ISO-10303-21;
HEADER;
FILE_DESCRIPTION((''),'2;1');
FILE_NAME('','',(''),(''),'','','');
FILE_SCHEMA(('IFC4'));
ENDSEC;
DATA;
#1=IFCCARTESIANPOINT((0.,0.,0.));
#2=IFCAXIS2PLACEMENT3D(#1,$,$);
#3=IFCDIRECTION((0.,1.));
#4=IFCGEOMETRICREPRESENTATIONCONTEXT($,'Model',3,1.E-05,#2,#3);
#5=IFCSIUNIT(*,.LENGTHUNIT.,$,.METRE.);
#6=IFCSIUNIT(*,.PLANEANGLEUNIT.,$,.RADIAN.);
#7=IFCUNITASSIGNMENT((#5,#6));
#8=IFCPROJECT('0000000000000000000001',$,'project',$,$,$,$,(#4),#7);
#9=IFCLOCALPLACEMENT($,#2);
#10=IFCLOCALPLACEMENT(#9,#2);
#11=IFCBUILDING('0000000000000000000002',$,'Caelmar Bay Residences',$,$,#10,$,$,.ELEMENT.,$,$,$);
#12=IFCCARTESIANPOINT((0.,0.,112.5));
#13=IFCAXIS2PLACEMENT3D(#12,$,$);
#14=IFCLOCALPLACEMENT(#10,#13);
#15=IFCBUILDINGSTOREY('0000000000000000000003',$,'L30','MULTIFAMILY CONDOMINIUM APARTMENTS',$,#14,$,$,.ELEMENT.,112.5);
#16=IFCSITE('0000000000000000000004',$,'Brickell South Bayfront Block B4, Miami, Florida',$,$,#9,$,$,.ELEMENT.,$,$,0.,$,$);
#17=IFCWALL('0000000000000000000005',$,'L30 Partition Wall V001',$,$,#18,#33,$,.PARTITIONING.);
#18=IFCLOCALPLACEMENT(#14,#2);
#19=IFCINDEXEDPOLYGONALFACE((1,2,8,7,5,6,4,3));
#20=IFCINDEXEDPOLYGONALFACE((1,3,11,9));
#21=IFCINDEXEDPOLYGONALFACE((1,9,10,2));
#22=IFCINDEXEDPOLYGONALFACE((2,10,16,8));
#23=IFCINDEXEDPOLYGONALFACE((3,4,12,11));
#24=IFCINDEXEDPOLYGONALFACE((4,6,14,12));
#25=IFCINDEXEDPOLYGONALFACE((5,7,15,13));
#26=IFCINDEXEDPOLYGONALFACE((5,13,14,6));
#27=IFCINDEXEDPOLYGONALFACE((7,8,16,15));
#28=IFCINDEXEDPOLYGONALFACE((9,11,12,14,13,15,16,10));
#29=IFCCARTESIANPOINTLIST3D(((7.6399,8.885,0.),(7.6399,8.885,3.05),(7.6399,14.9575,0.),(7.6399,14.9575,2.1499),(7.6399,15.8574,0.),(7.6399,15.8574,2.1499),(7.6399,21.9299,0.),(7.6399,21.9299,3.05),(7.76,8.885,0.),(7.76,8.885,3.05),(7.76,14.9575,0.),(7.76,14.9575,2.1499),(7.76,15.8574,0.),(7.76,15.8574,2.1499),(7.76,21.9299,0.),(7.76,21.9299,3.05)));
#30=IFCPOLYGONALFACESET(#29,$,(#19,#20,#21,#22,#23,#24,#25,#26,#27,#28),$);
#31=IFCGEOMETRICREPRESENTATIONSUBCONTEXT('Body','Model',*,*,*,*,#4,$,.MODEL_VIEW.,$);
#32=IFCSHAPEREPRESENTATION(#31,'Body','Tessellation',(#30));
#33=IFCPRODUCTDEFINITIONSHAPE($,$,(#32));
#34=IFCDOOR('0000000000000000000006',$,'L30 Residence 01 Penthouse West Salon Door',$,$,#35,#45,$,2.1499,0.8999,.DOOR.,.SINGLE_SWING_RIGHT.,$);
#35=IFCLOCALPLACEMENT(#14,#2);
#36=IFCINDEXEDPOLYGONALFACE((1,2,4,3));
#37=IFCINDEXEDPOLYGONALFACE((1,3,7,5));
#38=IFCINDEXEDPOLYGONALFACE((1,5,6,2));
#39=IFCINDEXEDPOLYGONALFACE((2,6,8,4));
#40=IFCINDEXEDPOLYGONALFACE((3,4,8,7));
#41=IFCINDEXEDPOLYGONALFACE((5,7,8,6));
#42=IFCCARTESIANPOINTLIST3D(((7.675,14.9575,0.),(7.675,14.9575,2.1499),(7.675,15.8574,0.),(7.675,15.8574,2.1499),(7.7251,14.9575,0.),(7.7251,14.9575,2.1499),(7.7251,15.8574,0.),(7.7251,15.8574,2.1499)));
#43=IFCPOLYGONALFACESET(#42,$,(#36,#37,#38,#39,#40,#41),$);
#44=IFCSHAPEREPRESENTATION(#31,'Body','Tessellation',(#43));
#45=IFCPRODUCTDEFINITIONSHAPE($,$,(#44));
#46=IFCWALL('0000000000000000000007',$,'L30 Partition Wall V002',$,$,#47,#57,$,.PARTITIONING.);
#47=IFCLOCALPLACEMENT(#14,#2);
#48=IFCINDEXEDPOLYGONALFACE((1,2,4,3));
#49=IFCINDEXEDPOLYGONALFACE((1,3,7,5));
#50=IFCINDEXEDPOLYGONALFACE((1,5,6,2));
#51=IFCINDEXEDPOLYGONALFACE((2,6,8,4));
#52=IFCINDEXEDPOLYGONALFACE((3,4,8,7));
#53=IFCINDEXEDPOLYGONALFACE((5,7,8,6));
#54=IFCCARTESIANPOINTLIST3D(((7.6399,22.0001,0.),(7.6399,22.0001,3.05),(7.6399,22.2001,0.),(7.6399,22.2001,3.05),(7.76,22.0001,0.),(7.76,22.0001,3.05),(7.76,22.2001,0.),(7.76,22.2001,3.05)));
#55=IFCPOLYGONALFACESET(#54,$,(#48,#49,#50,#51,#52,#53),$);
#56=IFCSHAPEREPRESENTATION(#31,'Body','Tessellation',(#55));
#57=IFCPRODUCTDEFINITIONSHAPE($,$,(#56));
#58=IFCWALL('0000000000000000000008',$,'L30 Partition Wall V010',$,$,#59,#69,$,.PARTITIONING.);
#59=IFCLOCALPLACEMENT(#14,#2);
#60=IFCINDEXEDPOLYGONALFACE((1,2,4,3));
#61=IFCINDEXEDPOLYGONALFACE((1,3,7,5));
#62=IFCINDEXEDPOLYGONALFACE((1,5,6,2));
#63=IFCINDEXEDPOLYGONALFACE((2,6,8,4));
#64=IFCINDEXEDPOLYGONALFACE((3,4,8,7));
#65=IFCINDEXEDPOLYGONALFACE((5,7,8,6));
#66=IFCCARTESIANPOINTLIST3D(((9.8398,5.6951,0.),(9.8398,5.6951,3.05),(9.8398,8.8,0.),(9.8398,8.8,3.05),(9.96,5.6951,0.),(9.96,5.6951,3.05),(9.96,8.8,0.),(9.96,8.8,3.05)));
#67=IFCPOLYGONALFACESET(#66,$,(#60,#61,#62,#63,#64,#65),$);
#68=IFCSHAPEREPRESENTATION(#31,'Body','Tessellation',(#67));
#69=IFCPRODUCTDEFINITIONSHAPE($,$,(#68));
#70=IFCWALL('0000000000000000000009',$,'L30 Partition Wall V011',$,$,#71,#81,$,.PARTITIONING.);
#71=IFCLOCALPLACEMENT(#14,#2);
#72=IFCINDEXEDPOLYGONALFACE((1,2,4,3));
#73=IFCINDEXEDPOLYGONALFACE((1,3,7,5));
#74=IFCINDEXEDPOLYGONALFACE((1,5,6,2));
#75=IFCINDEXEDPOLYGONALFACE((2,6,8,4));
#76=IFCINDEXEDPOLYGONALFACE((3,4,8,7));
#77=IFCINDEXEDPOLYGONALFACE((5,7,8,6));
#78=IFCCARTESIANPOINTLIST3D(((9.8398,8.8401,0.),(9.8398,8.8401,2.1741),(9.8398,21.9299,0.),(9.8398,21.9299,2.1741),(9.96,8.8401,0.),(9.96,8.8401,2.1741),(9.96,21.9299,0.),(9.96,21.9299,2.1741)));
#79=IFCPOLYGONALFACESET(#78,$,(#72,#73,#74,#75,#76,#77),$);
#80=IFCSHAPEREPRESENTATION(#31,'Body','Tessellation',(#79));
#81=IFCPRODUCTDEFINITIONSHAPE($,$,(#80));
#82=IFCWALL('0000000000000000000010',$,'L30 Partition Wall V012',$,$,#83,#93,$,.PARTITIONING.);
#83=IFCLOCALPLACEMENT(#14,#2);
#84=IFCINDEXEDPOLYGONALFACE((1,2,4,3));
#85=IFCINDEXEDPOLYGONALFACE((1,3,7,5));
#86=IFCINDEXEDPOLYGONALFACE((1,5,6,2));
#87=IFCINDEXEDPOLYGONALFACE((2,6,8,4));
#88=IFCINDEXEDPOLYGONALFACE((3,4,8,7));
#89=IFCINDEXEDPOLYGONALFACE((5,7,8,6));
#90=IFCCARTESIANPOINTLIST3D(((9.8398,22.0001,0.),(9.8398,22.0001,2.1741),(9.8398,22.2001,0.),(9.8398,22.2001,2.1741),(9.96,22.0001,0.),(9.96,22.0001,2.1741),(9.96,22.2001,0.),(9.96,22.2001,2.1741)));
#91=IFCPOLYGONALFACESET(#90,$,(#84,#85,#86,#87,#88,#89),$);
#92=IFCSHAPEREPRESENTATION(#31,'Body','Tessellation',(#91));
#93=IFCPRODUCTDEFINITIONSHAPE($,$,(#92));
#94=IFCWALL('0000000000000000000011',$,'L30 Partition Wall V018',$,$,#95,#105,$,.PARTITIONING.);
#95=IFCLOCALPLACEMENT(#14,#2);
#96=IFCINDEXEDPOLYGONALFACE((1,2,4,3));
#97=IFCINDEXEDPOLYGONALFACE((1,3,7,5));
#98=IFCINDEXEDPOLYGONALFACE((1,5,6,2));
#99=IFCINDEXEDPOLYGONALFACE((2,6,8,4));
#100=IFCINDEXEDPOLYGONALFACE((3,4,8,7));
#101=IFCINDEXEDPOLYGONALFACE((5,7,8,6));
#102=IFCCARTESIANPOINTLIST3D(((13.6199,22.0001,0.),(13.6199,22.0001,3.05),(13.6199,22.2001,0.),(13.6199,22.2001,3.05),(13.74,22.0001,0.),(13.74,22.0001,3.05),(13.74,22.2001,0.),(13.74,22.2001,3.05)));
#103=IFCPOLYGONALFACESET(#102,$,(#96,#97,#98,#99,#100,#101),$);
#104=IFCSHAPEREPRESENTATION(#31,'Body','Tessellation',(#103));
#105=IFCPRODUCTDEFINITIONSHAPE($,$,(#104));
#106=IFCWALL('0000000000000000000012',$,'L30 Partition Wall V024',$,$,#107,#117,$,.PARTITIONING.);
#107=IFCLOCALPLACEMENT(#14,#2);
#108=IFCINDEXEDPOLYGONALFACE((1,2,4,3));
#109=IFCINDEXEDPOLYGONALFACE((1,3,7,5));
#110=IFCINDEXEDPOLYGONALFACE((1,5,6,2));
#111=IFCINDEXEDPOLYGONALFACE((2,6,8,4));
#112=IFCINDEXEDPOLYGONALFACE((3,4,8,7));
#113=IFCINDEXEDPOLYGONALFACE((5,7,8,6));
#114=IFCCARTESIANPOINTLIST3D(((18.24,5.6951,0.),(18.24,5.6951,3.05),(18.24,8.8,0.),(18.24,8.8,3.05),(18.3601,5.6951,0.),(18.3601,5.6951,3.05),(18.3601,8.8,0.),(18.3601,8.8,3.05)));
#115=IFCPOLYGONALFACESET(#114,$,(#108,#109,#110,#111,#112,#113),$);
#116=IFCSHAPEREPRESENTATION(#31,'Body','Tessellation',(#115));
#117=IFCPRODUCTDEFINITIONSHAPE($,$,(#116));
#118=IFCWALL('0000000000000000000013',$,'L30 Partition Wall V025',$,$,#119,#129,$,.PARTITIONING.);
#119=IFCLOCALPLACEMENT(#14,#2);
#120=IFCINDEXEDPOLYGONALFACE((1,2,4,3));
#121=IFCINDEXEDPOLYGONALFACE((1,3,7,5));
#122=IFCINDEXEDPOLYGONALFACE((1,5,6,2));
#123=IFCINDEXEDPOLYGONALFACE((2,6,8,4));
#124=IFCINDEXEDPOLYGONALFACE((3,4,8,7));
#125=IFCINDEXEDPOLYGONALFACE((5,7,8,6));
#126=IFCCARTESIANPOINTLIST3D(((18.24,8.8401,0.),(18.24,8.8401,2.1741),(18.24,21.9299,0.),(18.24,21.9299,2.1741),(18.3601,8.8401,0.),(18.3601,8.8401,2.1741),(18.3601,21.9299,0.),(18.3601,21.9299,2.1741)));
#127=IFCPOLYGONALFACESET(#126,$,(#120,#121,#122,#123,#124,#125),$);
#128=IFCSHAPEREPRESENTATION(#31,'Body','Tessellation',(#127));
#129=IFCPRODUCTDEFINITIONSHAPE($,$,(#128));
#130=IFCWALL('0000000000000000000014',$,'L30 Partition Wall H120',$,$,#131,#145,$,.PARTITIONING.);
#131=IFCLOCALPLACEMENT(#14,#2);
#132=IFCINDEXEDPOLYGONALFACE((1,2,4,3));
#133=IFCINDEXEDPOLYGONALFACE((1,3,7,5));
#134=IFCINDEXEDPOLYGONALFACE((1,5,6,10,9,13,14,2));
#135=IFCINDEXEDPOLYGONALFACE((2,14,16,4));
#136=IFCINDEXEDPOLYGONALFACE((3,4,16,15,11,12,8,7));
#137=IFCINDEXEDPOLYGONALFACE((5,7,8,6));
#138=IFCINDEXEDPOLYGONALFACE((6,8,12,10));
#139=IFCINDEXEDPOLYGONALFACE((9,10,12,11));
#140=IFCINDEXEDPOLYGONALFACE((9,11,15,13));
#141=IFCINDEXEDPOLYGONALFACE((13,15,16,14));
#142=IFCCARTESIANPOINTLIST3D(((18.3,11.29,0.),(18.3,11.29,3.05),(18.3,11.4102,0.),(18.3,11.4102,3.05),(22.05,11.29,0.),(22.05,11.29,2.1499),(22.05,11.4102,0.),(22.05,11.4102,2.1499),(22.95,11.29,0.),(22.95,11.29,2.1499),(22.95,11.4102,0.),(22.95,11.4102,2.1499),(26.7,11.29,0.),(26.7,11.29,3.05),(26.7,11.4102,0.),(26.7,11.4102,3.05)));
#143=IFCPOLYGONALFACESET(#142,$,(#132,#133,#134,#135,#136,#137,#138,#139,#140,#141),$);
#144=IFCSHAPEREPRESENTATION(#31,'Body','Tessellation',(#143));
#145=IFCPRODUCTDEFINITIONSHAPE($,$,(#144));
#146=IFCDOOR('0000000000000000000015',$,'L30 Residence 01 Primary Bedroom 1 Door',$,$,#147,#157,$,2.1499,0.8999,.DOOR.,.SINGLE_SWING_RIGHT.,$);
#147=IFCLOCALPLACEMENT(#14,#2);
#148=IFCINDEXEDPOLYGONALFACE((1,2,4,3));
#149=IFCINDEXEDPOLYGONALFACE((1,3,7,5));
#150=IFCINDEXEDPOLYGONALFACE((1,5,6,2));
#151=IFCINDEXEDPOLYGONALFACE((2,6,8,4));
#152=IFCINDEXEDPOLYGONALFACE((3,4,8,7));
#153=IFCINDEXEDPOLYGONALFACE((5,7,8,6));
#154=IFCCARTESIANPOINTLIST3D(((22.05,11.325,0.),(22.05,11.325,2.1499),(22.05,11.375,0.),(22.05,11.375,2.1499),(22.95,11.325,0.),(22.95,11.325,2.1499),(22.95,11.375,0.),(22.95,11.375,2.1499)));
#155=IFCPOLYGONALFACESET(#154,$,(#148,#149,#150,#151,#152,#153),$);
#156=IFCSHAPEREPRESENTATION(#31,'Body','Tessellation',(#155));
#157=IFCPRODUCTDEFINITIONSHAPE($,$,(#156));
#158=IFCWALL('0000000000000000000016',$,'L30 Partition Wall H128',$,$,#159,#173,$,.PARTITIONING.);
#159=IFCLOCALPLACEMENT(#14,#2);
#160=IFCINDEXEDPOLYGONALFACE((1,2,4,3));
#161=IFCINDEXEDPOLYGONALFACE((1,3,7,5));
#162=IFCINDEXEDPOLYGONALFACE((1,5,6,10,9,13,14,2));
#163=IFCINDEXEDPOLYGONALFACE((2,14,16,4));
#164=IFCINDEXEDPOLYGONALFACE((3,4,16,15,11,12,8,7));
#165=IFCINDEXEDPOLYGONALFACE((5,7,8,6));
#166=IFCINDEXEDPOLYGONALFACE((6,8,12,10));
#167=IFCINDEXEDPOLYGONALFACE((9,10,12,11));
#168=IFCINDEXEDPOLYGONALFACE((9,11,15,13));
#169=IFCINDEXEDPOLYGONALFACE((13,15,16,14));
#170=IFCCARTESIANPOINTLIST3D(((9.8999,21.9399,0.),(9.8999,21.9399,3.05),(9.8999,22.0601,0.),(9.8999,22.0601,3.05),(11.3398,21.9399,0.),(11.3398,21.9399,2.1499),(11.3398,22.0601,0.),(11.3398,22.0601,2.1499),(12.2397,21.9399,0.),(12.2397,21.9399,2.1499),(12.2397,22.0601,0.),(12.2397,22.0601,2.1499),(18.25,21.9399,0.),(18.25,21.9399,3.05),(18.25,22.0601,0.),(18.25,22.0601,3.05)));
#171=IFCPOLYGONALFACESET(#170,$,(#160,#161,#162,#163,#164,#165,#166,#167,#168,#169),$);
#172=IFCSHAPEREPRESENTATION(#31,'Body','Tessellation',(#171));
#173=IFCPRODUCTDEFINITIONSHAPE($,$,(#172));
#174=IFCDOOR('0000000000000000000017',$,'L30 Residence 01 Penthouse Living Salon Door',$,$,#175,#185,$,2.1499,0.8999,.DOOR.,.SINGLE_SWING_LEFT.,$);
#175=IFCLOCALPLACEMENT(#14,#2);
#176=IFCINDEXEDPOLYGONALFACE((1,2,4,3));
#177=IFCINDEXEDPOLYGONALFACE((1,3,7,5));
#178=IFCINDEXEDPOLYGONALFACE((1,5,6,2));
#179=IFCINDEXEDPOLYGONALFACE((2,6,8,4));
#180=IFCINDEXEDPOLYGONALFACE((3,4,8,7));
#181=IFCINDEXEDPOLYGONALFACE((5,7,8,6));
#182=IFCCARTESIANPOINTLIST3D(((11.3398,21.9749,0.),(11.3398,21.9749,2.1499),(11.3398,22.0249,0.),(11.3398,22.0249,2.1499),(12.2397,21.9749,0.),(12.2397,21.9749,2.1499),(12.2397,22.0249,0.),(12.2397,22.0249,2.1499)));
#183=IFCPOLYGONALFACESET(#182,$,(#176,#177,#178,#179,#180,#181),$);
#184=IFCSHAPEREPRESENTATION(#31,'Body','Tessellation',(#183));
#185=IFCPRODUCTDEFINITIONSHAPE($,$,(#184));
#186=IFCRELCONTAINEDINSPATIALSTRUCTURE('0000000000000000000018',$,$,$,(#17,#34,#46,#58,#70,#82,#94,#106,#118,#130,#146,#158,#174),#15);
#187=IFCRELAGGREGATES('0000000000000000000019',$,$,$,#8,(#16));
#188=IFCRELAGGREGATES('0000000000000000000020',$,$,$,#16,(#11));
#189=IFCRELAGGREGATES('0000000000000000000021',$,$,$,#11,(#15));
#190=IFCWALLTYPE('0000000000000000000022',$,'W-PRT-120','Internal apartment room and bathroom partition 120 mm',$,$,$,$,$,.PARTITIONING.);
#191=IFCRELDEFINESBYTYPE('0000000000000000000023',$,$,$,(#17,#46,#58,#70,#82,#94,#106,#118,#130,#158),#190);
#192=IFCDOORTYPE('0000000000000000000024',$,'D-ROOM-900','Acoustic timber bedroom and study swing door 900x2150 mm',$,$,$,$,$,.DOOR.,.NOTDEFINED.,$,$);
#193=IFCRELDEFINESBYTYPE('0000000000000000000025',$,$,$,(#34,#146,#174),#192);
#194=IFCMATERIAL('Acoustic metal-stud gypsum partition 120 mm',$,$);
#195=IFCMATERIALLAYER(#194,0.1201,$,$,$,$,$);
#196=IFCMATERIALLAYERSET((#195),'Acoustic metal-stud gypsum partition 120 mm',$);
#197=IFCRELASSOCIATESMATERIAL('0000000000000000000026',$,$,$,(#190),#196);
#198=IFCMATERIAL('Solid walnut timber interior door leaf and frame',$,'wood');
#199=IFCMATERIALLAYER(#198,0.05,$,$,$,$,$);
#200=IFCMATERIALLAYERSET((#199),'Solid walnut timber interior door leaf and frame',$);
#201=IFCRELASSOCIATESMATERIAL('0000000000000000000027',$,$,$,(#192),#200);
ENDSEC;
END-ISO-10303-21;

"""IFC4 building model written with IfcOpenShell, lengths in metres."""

from ifc_helpers import new_model, si_unit, direction, frame, frame_2d, origin, place, context, subcontext, project, spatial, rectangle, extrude, material, layer, layer_set, type_object, element, fill, save


model = new_model("IFC4")

# Units and contexts
model_context = context("Model", 3, precision=1e-05, world=origin(), true_north=direction((0.0, 1.0)))
body_context = subcontext(model_context, "Body", "Model", "MODEL_VIEW")
ifc_project = project(units=[si_unit("LENGTHUNIT", "METRE"), si_unit("PLANEANGLEUNIT", "RADIAN")], contexts=[model_context])

# Site, building, storey
site_placement = place(None, origin())
site = spatial("IfcSite", under=ifc_project, at=site_placement, Name="Brickell South Bayfront Block B4, Miami, Florida", CompositionType="ELEMENT", RefElevation=0.0)
building_placement = place(site_placement, origin())
building = spatial("IfcBuilding", under=site, at=building_placement, Name="Caelmar Bay Residences", CompositionType="ELEMENT")
storey_placement = place(building_placement, frame((0.0, 0.0, 112.5)))
storey = spatial("IfcBuildingStorey", under=building, at=storey_placement, Name="L30", Description="MULTIFAMILY CONDOMINIUM APARTMENTS", CompositionType="ELEMENT", Elevation=112.5)

# Wall, opening, door
ifc_material_1 = material(Name="Acoustic metal-stud gypsum partition 120 mm")
ifc_layer_1 = layer(ifc_material_1, 0.1201)
ifc_layer_set_1 = layer_set([ifc_layer_1], Name="Acoustic metal-stud gypsum partition 120 mm")
wall_type_1 = type_object("IfcWallType", Name="W-PRT-120", Description="Internal apartment room and bathroom partition 120 mm", PredefinedType="PARTITIONING", material=ifc_layer_set_1)
wall_1_placement = place(storey_placement, frame((7.7, 8.885, 0.0), z_axis=(0.0, 0.0, 1.0), x_axis=(0.0, 1.0, 0.0)))
wall_1 = element("IfcWall", 1, at=wall_1_placement, inside=storey, type_object=wall_type_1, Name="L30 Partition Wall V001", PredefinedType="PARTITIONING", context=body_context, shape_type="SweptSolid", body=[
    extrude(rectangle(XDim=13.0449, YDim=0.1201, at=frame_2d((6.5225, 0.0))), origin(), (0.0, 0.0, 1.0), 3.05),
])
opening_1_placement = place(wall_1_placement, frame((6.0725, 0.0, 0.0)))
opening_1 = element("IfcOpeningElement", 2, at=opening_1_placement, cuts=wall_1, PredefinedType="OPENING", context=body_context, shape_type="SweptSolid", body=[
    extrude(rectangle(XDim=0.8999, YDim=2.1499, at=frame_2d((0.45, 1.075))), frame((0.0, 0.0701, 0.0), z_axis=(0.0, -1.0, 0.0), x_axis=(1.0, 0.0, 0.0)), (0.0, 0.0, 1.0), 0.1401),
])
ifc_material_2 = material(Name="Solid walnut timber interior door leaf and frame", Category="wood")
ifc_layer_2 = layer(ifc_material_2, 0.05)
ifc_layer_set_2 = layer_set([ifc_layer_2], Name="Solid walnut timber interior door leaf and frame")
door_type = type_object("IfcDoorType", Name="D-ROOM-900", Description="Acoustic timber bedroom and study swing door 900x2150 mm", OperationType="NOTDEFINED", PredefinedType="DOOR", material=ifc_layer_set_2)
door_1_placement = place(opening_1_placement, origin())
door_1 = element("IfcDoor", 3, at=door_1_placement, inside=storey, type_object=door_type, Name="L30 Residence 01 Penthouse West Salon Door", OperationType="SINGLE_SWING_RIGHT", OverallHeight=2.1499, OverallWidth=0.8999, PredefinedType="DOOR", context=body_context, shape_type="SweptSolid", body=[
    extrude(rectangle(XDim=0.8999, YDim=2.1499, at=frame_2d((0.45, 1.075))), frame((0.0, 0.0249, 0.0), z_axis=(0.0, -1.0, 0.0), x_axis=(1.0, 0.0, 0.0)), (0.0, 0.0, 1.0), 0.05),
])
fill(opening_1, door_1)

# Walls
wall_2_placement = place(storey_placement, frame((7.7, 22.0, 0.0), z_axis=(0.0, 0.0, 1.0), x_axis=(0.0, 1.0, 0.0)))
element("IfcWall", 4, at=wall_2_placement, inside=storey, type_object=wall_type_1, Name="L30 Partition Wall V002", PredefinedType="PARTITIONING", context=body_context, shape_type="SweptSolid", body=[
    extrude(rectangle(XDim=0.2, YDim=0.1201, at=frame_2d((0.1001, 0.0))), origin(), (0.0, 0.0, 1.0), 3.05),
])
wall_3_placement = place(storey_placement, frame((9.8999, 5.6951, 0.0), z_axis=(0.0, 0.0, 1.0), x_axis=(0.0, 1.0, 0.0)))
element("IfcWall", 5, at=wall_3_placement, inside=storey, type_object=wall_type_1, Name="L30 Partition Wall V010", PredefinedType="PARTITIONING", context=body_context, shape_type="SweptSolid", body=[
    extrude(rectangle(XDim=3.105, YDim=0.1201, at=frame_2d((1.5525, 0.0))), origin(), (0.0, 0.0, 1.0), 3.05),
])
wall_4_placement = place(storey_placement, frame((9.8999, 8.8401, 0.0), z_axis=(0.0, 0.0, 1.0), x_axis=(0.0, 1.0, 0.0)))
element("IfcWall", 6, at=wall_4_placement, inside=storey, type_object=wall_type_1, Name="L30 Partition Wall V011", PredefinedType="PARTITIONING", context=body_context, shape_type="SweptSolid", body=[
    extrude(rectangle(XDim=13.0898, YDim=0.1201, at=frame_2d((6.5449, 0.0))), origin(), (0.0, 0.0, 1.0), 2.1741),
])
wall_5_placement = place(storey_placement, frame((9.8999, 22.0, 0.0), z_axis=(0.0, 0.0, 1.0), x_axis=(0.0, 1.0, 0.0)))
element("IfcWall", 7, at=wall_5_placement, inside=storey, type_object=wall_type_1, Name="L30 Partition Wall V012", PredefinedType="PARTITIONING", context=body_context, shape_type="SweptSolid", body=[
    extrude(rectangle(XDim=0.2, YDim=0.1201, at=frame_2d((0.1001, 0.0))), origin(), (0.0, 0.0, 1.0), 2.1741),
])
wall_6_placement = place(storey_placement, frame((13.6799, 22.0, 0.0), z_axis=(0.0, 0.0, 1.0), x_axis=(0.0, 1.0, 0.0)))
element("IfcWall", 8, at=wall_6_placement, inside=storey, type_object=wall_type_1, Name="L30 Partition Wall V018", PredefinedType="PARTITIONING", context=body_context, shape_type="SweptSolid", body=[
    extrude(rectangle(XDim=0.2, YDim=0.1201, at=frame_2d((0.1001, 0.0))), origin(), (0.0, 0.0, 1.0), 3.05),
])
wall_7_placement = place(storey_placement, frame((18.3, 5.6951, 0.0), z_axis=(0.0, 0.0, 1.0), x_axis=(0.0, 1.0, 0.0)))
element("IfcWall", 9, at=wall_7_placement, inside=storey, type_object=wall_type_1, Name="L30 Partition Wall V024", PredefinedType="PARTITIONING", context=body_context, shape_type="SweptSolid", body=[
    extrude(rectangle(XDim=3.105, YDim=0.1201, at=frame_2d((1.5525, 0.0))), origin(), (0.0, 0.0, 1.0), 3.05),
])
wall_8_placement = place(storey_placement, frame((18.3, 8.8401, 0.0), z_axis=(0.0, 0.0, 1.0), x_axis=(0.0, 1.0, 0.0)))
element("IfcWall", 10, at=wall_8_placement, inside=storey, type_object=wall_type_1, Name="L30 Partition Wall V025", PredefinedType="PARTITIONING", context=body_context, shape_type="SweptSolid", body=[
    extrude(rectangle(XDim=13.0898, YDim=0.1201, at=frame_2d((6.5449, 0.0))), origin(), (0.0, 0.0, 1.0), 2.1741),
])

# Walls, openings, doors
wall_9_placement = place(storey_placement, frame((18.3, 11.3501, 0.0), z_axis=(0.0, 0.0, 1.0), x_axis=(1.0, 0.0, 0.0)))
wall_9 = element("IfcWall", 11, at=wall_9_placement, inside=storey, type_object=wall_type_1, Name="L30 Partition Wall H120", PredefinedType="PARTITIONING", context=body_context, shape_type="SweptSolid", body=[
    extrude(rectangle(XDim=8.3999, YDim=0.1201, at=frame_2d((4.2, 0.0))), origin(), (0.0, 0.0, 1.0), 3.05),
])
opening_2_placement = place(wall_9_placement, frame((3.75, 0.0, 0.0)))
opening_2 = element("IfcOpeningElement", 12, at=opening_2_placement, cuts=wall_9, PredefinedType="OPENING", context=body_context, shape_type="SweptSolid", body=[
    extrude(rectangle(XDim=0.8999, YDim=2.1499, at=frame_2d((0.45, 1.075))), frame((0.0, 0.0701, 0.0), z_axis=(0.0, -1.0, 0.0), x_axis=(1.0, 0.0, 0.0)), (0.0, 0.0, 1.0), 0.1401),
])
door_2_placement = place(opening_2_placement, origin())
door_2 = element("IfcDoor", 13, at=door_2_placement, inside=storey, type_object=door_type, Name="L30 Residence 01 Primary Bedroom 1 Door", OperationType="SINGLE_SWING_RIGHT", OverallHeight=2.1499, OverallWidth=0.8999, PredefinedType="DOOR", context=body_context, shape_type="SweptSolid", body=[
    extrude(rectangle(XDim=0.8999, YDim=2.1499, at=frame_2d((0.45, 1.075))), frame((0.0, 0.0249, 0.0), z_axis=(0.0, -1.0, 0.0), x_axis=(1.0, 0.0, 0.0)), (0.0, 0.0, 1.0), 0.05),
])
fill(opening_2, door_2)
wall_10_placement = place(storey_placement, frame((9.8999, 22.0, 0.0), z_axis=(0.0, 0.0, 1.0), x_axis=(1.0, 0.0, 0.0)))
wall_10 = element("IfcWall", 14, at=wall_10_placement, inside=storey, type_object=wall_type_1, Name="L30 Partition Wall H128", PredefinedType="PARTITIONING", context=body_context, shape_type="SweptSolid", body=[
    extrude(rectangle(XDim=8.3501, YDim=0.1201, at=frame_2d((4.175, 0.0))), origin(), (0.0, 0.0, 1.0), 3.05),
])
opening_3_placement = place(wall_10_placement, frame((1.4399, 0.0, 0.0)))
opening_3 = element("IfcOpeningElement", 15, at=opening_3_placement, cuts=wall_10, PredefinedType="OPENING", context=body_context, shape_type="SweptSolid", body=[
    extrude(rectangle(XDim=0.8999, YDim=2.1499, at=frame_2d((0.45, 1.075))), frame((0.0, 0.0701, 0.0), z_axis=(0.0, -1.0, 0.0), x_axis=(1.0, 0.0, 0.0)), (0.0, 0.0, 1.0), 0.1401),
])
door_3_placement = place(opening_3_placement, origin())
door_3 = element("IfcDoor", 16, at=door_3_placement, inside=storey, type_object=door_type, Name="L30 Residence 01 Penthouse Living Salon Door", OperationType="SINGLE_SWING_LEFT", OverallHeight=2.1499, OverallWidth=0.8999, PredefinedType="DOOR", context=body_context, shape_type="SweptSolid", body=[
    extrude(rectangle(XDim=0.8999, YDim=2.1499, at=frame_2d((0.45, 1.075))), frame((0.0, 0.0249, 0.0), z_axis=(0.0, -1.0, 0.0), x_axis=(1.0, 0.0, 0.0)), (0.0, 0.0, 1.0), 0.05),
])
fill(opening_3, door_3)

save(model, "model.ifc")
